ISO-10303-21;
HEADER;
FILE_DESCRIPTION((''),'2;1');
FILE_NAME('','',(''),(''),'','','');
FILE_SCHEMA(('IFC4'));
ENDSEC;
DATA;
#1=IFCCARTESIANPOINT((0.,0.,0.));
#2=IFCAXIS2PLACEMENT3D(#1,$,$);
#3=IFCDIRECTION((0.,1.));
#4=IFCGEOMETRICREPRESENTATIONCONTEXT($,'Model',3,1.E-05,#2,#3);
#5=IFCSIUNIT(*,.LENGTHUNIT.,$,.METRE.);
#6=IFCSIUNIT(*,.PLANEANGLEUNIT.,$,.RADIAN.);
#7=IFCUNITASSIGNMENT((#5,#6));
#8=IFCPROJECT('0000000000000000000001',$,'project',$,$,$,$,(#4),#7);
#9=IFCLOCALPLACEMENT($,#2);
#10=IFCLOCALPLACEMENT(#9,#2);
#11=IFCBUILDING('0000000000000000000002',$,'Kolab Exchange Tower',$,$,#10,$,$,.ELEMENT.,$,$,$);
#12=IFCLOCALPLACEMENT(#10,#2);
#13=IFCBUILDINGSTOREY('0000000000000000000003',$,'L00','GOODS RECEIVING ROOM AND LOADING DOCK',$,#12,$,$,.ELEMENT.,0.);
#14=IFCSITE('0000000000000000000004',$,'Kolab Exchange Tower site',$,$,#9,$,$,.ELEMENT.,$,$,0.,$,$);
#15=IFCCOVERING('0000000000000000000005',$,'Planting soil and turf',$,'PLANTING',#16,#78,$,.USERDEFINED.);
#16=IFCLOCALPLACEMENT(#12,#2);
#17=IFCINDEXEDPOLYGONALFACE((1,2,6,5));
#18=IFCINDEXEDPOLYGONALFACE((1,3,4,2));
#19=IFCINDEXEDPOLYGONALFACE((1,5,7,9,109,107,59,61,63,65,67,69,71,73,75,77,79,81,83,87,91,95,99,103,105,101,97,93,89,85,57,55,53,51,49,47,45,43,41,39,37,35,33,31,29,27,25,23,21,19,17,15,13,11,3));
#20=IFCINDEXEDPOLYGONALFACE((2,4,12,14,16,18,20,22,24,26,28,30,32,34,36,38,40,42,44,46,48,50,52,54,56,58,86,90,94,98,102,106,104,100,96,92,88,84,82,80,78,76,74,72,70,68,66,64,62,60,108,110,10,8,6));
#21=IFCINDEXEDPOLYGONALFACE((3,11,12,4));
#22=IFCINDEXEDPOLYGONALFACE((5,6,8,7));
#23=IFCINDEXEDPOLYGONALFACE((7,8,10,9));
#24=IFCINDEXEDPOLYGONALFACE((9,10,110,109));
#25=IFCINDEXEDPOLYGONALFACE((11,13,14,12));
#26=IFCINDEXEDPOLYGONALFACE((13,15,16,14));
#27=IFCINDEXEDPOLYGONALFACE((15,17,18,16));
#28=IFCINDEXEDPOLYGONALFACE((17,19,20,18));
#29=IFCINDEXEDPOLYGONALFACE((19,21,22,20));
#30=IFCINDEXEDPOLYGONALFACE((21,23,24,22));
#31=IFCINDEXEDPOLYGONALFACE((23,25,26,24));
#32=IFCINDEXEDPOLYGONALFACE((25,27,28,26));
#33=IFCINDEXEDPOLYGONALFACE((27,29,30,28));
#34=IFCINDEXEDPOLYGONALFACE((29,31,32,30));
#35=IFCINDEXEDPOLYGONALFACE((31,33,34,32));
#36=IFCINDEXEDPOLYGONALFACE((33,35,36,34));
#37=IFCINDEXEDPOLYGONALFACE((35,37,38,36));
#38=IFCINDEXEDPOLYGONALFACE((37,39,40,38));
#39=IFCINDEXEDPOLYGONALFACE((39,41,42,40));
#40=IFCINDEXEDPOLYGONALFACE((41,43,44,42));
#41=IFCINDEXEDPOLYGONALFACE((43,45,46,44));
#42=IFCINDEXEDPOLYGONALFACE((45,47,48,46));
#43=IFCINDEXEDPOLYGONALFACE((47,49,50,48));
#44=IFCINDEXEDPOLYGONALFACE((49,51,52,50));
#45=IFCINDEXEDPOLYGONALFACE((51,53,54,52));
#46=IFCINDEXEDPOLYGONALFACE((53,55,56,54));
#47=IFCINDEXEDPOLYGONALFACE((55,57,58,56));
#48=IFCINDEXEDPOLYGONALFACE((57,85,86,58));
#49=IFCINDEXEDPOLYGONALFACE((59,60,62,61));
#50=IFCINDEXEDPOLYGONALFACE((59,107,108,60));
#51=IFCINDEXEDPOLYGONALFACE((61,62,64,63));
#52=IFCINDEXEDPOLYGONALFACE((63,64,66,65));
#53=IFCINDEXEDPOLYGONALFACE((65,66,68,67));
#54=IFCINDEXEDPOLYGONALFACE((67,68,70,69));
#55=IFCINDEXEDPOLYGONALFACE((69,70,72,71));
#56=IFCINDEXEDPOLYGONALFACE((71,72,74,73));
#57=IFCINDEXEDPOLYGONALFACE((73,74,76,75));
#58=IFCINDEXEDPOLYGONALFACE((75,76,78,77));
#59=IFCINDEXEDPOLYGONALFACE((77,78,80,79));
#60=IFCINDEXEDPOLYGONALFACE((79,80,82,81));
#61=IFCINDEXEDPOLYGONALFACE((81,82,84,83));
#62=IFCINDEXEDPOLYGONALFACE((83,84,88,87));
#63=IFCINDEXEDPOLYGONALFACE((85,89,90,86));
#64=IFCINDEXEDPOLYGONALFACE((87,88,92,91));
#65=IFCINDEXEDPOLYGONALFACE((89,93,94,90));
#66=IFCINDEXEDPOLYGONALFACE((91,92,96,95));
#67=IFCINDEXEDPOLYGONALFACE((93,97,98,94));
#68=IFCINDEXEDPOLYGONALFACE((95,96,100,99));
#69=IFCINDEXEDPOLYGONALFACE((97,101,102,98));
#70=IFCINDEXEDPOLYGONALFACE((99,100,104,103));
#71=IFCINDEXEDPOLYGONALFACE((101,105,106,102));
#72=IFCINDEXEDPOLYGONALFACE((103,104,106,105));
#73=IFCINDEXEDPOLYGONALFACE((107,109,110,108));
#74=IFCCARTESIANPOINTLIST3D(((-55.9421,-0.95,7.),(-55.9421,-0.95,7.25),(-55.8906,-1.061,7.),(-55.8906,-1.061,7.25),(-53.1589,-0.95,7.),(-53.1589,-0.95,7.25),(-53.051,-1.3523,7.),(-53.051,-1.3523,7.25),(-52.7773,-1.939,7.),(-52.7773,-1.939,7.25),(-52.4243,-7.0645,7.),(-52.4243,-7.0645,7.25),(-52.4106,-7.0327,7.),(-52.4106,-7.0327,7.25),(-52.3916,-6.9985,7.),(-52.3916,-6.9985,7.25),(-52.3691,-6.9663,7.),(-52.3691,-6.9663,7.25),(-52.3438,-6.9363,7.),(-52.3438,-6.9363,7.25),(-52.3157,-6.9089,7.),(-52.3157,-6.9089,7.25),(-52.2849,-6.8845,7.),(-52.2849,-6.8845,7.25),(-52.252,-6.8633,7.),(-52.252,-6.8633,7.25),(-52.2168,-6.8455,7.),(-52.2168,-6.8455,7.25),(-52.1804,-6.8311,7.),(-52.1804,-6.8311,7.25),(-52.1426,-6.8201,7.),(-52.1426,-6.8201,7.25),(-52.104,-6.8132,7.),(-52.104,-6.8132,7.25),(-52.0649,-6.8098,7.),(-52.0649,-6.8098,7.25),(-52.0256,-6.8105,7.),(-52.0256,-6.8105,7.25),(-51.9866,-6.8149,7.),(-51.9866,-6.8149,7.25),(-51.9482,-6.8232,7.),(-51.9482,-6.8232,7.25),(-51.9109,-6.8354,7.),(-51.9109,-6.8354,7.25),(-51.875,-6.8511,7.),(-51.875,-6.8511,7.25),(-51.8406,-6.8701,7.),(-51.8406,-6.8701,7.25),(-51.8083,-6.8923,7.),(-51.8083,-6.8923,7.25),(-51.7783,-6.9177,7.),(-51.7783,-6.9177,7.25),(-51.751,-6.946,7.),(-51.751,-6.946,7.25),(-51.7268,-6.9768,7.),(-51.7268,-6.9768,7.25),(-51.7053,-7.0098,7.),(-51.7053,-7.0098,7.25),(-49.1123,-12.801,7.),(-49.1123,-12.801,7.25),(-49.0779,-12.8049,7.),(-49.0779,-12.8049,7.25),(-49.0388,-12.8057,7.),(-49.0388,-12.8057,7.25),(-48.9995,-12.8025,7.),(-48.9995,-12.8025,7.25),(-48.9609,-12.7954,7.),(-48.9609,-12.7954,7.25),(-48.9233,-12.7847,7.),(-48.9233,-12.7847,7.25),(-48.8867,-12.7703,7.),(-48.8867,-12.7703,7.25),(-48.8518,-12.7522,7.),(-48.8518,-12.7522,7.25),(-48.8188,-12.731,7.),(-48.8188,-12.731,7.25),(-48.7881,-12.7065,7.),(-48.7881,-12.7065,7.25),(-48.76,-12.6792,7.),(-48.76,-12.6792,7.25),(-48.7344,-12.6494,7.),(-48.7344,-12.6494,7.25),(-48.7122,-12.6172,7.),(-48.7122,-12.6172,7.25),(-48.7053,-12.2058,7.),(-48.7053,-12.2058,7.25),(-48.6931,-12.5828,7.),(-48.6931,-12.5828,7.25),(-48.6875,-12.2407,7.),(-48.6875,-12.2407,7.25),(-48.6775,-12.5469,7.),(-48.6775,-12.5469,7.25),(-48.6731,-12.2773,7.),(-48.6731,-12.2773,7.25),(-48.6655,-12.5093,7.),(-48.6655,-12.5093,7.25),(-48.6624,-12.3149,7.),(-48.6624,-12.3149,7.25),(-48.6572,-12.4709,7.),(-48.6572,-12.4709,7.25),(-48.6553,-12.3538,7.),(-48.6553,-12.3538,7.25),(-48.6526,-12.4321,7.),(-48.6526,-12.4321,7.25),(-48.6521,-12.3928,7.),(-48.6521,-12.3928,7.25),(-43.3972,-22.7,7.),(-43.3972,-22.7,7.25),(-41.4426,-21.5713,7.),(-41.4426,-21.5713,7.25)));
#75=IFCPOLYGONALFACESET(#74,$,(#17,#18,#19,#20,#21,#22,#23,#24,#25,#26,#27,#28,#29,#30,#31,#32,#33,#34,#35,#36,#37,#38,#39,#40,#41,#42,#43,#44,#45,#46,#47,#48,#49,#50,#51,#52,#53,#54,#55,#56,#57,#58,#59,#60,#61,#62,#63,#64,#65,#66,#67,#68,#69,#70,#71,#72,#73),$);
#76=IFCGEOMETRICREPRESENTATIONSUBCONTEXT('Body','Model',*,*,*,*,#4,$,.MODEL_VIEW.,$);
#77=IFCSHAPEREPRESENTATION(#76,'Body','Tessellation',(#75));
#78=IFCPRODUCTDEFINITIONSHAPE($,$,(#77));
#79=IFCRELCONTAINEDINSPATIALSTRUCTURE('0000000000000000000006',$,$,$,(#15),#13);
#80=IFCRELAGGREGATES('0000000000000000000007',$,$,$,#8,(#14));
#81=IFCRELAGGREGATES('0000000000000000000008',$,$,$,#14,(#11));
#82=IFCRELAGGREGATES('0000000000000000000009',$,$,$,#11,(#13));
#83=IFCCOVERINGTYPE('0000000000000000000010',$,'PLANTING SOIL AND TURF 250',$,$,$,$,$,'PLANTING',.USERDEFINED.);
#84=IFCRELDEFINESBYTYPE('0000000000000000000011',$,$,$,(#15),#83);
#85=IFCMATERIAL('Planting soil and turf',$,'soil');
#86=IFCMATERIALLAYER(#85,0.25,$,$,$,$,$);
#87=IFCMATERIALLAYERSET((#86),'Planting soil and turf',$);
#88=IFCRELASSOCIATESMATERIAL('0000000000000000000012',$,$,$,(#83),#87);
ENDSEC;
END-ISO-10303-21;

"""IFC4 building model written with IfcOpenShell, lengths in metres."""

from ifc_helpers import new_model, si_unit, direction, frame, origin, place, context, subcontext, project, spatial, polyline, outline, extrude, material, layer, layer_set, type_object, element, save


model = new_model("IFC4")

# Units and contexts
model_context = context("Model", 3, precision=1e-05, world=origin(), true_north=direction((0.0, 1.0)))
body_context = subcontext(model_context, "Body", "Model", "MODEL_VIEW")
ifc_project = project(units=[si_unit("LENGTHUNIT", "METRE"), si_unit("PLANEANGLEUNIT", "RADIAN")], contexts=[model_context])

# Site, building, storey
site_placement = place(None, origin())
site = spatial("IfcSite", under=ifc_project, at=site_placement, Name="Kolab Exchange Tower site", CompositionType="ELEMENT", RefElevation=0.0)
building_placement = place(site_placement, origin())
building = spatial("IfcBuilding", under=site, at=building_placement, Name="Kolab Exchange Tower", CompositionType="ELEMENT")
storey_placement = place(building_placement, origin())
storey = spatial("IfcBuildingStorey", under=building, at=storey_placement, Name="L00", Description="GOODS RECEIVING ROOM AND LOADING DOCK", CompositionType="ELEMENT", Elevation=0.0)

# Covering
ifc_material_1 = material(Name="Planting soil and turf", Category="soil")
ifc_layer_1 = layer(ifc_material_1, 0.25)
ifc_layer_set_1 = layer_set([ifc_layer_1], Name="Planting soil and turf")
covering_type_1 = type_object("IfcCoveringType", Name="PLANTING SOIL AND TURF 250", ElementType="PLANTING", PredefinedType="USERDEFINED", material=ifc_layer_set_1)
covering_1_placement = place(storey_placement, frame((0.0, 0.0, 7.0)))
element("IfcCovering", 1, at=covering_1_placement, inside=storey, type_object=covering_type_1, Name="Planting soil and turf", ObjectType="PLANTING", PredefinedType="USERDEFINED", context=body_context, shape_type="SweptSolid", body=[
    extrude(outline(polyline([(-53.1589, -0.95), (-53.051, -1.3523), (-52.7773, -1.939), (-41.4426, -21.5713), (-43.3972, -22.7), (-49.1123, -12.801), (-49.0779, -12.8049), (-49.0388, -12.8057), (-48.9995, -12.8025), (-48.9609, -12.7954), (-48.9233, -12.7847), (-48.8867, -12.7703), (-48.8518, -12.7522), (-48.8188, -12.731), (-48.7881, -12.7065), (-48.76, -12.6792), (-48.7344, -12.6494), (-48.7122, -12.6172), (-48.6931, -12.5828), (-48.6775, -12.5469), (-48.6655, -12.5093), (-48.6572, -12.4709), (-48.6526, -12.4321), (-48.6521, -12.3928), (-48.6553, -12.3538), (-48.6624, -12.3149), (-48.6731, -12.2773), (-48.6875, -12.2407), (-48.7053, -12.2058), (-51.7053, -7.0098), (-51.7268, -6.9768), (-51.751, -6.946), (-51.7783, -6.9177), (-51.8083, -6.8923), (-51.8406, -6.8701), (-51.875, -6.8511), (-51.9109, -6.8354), (-51.9482, -6.8232), (-51.9866, -6.8149), (-52.0256, -6.8105), (-52.0649, -6.8098), (-52.104, -6.8132), (-52.1426, -6.8201), (-52.1804, -6.8311), (-52.2168, -6.8455), (-52.252, -6.8633), (-52.2849, -6.8845), (-52.3157, -6.9089), (-52.3438, -6.9363), (-52.3691, -6.9663), (-52.3916, -6.9985), (-52.4106, -7.0327), (-52.4243, -7.0645), (-55.8906, -1.061), (-55.9421, -0.95), (-53.1589, -0.95)])), origin(), (0.0, 0.0, 1.0), 0.25),
])

save(model, "model.ifc")
